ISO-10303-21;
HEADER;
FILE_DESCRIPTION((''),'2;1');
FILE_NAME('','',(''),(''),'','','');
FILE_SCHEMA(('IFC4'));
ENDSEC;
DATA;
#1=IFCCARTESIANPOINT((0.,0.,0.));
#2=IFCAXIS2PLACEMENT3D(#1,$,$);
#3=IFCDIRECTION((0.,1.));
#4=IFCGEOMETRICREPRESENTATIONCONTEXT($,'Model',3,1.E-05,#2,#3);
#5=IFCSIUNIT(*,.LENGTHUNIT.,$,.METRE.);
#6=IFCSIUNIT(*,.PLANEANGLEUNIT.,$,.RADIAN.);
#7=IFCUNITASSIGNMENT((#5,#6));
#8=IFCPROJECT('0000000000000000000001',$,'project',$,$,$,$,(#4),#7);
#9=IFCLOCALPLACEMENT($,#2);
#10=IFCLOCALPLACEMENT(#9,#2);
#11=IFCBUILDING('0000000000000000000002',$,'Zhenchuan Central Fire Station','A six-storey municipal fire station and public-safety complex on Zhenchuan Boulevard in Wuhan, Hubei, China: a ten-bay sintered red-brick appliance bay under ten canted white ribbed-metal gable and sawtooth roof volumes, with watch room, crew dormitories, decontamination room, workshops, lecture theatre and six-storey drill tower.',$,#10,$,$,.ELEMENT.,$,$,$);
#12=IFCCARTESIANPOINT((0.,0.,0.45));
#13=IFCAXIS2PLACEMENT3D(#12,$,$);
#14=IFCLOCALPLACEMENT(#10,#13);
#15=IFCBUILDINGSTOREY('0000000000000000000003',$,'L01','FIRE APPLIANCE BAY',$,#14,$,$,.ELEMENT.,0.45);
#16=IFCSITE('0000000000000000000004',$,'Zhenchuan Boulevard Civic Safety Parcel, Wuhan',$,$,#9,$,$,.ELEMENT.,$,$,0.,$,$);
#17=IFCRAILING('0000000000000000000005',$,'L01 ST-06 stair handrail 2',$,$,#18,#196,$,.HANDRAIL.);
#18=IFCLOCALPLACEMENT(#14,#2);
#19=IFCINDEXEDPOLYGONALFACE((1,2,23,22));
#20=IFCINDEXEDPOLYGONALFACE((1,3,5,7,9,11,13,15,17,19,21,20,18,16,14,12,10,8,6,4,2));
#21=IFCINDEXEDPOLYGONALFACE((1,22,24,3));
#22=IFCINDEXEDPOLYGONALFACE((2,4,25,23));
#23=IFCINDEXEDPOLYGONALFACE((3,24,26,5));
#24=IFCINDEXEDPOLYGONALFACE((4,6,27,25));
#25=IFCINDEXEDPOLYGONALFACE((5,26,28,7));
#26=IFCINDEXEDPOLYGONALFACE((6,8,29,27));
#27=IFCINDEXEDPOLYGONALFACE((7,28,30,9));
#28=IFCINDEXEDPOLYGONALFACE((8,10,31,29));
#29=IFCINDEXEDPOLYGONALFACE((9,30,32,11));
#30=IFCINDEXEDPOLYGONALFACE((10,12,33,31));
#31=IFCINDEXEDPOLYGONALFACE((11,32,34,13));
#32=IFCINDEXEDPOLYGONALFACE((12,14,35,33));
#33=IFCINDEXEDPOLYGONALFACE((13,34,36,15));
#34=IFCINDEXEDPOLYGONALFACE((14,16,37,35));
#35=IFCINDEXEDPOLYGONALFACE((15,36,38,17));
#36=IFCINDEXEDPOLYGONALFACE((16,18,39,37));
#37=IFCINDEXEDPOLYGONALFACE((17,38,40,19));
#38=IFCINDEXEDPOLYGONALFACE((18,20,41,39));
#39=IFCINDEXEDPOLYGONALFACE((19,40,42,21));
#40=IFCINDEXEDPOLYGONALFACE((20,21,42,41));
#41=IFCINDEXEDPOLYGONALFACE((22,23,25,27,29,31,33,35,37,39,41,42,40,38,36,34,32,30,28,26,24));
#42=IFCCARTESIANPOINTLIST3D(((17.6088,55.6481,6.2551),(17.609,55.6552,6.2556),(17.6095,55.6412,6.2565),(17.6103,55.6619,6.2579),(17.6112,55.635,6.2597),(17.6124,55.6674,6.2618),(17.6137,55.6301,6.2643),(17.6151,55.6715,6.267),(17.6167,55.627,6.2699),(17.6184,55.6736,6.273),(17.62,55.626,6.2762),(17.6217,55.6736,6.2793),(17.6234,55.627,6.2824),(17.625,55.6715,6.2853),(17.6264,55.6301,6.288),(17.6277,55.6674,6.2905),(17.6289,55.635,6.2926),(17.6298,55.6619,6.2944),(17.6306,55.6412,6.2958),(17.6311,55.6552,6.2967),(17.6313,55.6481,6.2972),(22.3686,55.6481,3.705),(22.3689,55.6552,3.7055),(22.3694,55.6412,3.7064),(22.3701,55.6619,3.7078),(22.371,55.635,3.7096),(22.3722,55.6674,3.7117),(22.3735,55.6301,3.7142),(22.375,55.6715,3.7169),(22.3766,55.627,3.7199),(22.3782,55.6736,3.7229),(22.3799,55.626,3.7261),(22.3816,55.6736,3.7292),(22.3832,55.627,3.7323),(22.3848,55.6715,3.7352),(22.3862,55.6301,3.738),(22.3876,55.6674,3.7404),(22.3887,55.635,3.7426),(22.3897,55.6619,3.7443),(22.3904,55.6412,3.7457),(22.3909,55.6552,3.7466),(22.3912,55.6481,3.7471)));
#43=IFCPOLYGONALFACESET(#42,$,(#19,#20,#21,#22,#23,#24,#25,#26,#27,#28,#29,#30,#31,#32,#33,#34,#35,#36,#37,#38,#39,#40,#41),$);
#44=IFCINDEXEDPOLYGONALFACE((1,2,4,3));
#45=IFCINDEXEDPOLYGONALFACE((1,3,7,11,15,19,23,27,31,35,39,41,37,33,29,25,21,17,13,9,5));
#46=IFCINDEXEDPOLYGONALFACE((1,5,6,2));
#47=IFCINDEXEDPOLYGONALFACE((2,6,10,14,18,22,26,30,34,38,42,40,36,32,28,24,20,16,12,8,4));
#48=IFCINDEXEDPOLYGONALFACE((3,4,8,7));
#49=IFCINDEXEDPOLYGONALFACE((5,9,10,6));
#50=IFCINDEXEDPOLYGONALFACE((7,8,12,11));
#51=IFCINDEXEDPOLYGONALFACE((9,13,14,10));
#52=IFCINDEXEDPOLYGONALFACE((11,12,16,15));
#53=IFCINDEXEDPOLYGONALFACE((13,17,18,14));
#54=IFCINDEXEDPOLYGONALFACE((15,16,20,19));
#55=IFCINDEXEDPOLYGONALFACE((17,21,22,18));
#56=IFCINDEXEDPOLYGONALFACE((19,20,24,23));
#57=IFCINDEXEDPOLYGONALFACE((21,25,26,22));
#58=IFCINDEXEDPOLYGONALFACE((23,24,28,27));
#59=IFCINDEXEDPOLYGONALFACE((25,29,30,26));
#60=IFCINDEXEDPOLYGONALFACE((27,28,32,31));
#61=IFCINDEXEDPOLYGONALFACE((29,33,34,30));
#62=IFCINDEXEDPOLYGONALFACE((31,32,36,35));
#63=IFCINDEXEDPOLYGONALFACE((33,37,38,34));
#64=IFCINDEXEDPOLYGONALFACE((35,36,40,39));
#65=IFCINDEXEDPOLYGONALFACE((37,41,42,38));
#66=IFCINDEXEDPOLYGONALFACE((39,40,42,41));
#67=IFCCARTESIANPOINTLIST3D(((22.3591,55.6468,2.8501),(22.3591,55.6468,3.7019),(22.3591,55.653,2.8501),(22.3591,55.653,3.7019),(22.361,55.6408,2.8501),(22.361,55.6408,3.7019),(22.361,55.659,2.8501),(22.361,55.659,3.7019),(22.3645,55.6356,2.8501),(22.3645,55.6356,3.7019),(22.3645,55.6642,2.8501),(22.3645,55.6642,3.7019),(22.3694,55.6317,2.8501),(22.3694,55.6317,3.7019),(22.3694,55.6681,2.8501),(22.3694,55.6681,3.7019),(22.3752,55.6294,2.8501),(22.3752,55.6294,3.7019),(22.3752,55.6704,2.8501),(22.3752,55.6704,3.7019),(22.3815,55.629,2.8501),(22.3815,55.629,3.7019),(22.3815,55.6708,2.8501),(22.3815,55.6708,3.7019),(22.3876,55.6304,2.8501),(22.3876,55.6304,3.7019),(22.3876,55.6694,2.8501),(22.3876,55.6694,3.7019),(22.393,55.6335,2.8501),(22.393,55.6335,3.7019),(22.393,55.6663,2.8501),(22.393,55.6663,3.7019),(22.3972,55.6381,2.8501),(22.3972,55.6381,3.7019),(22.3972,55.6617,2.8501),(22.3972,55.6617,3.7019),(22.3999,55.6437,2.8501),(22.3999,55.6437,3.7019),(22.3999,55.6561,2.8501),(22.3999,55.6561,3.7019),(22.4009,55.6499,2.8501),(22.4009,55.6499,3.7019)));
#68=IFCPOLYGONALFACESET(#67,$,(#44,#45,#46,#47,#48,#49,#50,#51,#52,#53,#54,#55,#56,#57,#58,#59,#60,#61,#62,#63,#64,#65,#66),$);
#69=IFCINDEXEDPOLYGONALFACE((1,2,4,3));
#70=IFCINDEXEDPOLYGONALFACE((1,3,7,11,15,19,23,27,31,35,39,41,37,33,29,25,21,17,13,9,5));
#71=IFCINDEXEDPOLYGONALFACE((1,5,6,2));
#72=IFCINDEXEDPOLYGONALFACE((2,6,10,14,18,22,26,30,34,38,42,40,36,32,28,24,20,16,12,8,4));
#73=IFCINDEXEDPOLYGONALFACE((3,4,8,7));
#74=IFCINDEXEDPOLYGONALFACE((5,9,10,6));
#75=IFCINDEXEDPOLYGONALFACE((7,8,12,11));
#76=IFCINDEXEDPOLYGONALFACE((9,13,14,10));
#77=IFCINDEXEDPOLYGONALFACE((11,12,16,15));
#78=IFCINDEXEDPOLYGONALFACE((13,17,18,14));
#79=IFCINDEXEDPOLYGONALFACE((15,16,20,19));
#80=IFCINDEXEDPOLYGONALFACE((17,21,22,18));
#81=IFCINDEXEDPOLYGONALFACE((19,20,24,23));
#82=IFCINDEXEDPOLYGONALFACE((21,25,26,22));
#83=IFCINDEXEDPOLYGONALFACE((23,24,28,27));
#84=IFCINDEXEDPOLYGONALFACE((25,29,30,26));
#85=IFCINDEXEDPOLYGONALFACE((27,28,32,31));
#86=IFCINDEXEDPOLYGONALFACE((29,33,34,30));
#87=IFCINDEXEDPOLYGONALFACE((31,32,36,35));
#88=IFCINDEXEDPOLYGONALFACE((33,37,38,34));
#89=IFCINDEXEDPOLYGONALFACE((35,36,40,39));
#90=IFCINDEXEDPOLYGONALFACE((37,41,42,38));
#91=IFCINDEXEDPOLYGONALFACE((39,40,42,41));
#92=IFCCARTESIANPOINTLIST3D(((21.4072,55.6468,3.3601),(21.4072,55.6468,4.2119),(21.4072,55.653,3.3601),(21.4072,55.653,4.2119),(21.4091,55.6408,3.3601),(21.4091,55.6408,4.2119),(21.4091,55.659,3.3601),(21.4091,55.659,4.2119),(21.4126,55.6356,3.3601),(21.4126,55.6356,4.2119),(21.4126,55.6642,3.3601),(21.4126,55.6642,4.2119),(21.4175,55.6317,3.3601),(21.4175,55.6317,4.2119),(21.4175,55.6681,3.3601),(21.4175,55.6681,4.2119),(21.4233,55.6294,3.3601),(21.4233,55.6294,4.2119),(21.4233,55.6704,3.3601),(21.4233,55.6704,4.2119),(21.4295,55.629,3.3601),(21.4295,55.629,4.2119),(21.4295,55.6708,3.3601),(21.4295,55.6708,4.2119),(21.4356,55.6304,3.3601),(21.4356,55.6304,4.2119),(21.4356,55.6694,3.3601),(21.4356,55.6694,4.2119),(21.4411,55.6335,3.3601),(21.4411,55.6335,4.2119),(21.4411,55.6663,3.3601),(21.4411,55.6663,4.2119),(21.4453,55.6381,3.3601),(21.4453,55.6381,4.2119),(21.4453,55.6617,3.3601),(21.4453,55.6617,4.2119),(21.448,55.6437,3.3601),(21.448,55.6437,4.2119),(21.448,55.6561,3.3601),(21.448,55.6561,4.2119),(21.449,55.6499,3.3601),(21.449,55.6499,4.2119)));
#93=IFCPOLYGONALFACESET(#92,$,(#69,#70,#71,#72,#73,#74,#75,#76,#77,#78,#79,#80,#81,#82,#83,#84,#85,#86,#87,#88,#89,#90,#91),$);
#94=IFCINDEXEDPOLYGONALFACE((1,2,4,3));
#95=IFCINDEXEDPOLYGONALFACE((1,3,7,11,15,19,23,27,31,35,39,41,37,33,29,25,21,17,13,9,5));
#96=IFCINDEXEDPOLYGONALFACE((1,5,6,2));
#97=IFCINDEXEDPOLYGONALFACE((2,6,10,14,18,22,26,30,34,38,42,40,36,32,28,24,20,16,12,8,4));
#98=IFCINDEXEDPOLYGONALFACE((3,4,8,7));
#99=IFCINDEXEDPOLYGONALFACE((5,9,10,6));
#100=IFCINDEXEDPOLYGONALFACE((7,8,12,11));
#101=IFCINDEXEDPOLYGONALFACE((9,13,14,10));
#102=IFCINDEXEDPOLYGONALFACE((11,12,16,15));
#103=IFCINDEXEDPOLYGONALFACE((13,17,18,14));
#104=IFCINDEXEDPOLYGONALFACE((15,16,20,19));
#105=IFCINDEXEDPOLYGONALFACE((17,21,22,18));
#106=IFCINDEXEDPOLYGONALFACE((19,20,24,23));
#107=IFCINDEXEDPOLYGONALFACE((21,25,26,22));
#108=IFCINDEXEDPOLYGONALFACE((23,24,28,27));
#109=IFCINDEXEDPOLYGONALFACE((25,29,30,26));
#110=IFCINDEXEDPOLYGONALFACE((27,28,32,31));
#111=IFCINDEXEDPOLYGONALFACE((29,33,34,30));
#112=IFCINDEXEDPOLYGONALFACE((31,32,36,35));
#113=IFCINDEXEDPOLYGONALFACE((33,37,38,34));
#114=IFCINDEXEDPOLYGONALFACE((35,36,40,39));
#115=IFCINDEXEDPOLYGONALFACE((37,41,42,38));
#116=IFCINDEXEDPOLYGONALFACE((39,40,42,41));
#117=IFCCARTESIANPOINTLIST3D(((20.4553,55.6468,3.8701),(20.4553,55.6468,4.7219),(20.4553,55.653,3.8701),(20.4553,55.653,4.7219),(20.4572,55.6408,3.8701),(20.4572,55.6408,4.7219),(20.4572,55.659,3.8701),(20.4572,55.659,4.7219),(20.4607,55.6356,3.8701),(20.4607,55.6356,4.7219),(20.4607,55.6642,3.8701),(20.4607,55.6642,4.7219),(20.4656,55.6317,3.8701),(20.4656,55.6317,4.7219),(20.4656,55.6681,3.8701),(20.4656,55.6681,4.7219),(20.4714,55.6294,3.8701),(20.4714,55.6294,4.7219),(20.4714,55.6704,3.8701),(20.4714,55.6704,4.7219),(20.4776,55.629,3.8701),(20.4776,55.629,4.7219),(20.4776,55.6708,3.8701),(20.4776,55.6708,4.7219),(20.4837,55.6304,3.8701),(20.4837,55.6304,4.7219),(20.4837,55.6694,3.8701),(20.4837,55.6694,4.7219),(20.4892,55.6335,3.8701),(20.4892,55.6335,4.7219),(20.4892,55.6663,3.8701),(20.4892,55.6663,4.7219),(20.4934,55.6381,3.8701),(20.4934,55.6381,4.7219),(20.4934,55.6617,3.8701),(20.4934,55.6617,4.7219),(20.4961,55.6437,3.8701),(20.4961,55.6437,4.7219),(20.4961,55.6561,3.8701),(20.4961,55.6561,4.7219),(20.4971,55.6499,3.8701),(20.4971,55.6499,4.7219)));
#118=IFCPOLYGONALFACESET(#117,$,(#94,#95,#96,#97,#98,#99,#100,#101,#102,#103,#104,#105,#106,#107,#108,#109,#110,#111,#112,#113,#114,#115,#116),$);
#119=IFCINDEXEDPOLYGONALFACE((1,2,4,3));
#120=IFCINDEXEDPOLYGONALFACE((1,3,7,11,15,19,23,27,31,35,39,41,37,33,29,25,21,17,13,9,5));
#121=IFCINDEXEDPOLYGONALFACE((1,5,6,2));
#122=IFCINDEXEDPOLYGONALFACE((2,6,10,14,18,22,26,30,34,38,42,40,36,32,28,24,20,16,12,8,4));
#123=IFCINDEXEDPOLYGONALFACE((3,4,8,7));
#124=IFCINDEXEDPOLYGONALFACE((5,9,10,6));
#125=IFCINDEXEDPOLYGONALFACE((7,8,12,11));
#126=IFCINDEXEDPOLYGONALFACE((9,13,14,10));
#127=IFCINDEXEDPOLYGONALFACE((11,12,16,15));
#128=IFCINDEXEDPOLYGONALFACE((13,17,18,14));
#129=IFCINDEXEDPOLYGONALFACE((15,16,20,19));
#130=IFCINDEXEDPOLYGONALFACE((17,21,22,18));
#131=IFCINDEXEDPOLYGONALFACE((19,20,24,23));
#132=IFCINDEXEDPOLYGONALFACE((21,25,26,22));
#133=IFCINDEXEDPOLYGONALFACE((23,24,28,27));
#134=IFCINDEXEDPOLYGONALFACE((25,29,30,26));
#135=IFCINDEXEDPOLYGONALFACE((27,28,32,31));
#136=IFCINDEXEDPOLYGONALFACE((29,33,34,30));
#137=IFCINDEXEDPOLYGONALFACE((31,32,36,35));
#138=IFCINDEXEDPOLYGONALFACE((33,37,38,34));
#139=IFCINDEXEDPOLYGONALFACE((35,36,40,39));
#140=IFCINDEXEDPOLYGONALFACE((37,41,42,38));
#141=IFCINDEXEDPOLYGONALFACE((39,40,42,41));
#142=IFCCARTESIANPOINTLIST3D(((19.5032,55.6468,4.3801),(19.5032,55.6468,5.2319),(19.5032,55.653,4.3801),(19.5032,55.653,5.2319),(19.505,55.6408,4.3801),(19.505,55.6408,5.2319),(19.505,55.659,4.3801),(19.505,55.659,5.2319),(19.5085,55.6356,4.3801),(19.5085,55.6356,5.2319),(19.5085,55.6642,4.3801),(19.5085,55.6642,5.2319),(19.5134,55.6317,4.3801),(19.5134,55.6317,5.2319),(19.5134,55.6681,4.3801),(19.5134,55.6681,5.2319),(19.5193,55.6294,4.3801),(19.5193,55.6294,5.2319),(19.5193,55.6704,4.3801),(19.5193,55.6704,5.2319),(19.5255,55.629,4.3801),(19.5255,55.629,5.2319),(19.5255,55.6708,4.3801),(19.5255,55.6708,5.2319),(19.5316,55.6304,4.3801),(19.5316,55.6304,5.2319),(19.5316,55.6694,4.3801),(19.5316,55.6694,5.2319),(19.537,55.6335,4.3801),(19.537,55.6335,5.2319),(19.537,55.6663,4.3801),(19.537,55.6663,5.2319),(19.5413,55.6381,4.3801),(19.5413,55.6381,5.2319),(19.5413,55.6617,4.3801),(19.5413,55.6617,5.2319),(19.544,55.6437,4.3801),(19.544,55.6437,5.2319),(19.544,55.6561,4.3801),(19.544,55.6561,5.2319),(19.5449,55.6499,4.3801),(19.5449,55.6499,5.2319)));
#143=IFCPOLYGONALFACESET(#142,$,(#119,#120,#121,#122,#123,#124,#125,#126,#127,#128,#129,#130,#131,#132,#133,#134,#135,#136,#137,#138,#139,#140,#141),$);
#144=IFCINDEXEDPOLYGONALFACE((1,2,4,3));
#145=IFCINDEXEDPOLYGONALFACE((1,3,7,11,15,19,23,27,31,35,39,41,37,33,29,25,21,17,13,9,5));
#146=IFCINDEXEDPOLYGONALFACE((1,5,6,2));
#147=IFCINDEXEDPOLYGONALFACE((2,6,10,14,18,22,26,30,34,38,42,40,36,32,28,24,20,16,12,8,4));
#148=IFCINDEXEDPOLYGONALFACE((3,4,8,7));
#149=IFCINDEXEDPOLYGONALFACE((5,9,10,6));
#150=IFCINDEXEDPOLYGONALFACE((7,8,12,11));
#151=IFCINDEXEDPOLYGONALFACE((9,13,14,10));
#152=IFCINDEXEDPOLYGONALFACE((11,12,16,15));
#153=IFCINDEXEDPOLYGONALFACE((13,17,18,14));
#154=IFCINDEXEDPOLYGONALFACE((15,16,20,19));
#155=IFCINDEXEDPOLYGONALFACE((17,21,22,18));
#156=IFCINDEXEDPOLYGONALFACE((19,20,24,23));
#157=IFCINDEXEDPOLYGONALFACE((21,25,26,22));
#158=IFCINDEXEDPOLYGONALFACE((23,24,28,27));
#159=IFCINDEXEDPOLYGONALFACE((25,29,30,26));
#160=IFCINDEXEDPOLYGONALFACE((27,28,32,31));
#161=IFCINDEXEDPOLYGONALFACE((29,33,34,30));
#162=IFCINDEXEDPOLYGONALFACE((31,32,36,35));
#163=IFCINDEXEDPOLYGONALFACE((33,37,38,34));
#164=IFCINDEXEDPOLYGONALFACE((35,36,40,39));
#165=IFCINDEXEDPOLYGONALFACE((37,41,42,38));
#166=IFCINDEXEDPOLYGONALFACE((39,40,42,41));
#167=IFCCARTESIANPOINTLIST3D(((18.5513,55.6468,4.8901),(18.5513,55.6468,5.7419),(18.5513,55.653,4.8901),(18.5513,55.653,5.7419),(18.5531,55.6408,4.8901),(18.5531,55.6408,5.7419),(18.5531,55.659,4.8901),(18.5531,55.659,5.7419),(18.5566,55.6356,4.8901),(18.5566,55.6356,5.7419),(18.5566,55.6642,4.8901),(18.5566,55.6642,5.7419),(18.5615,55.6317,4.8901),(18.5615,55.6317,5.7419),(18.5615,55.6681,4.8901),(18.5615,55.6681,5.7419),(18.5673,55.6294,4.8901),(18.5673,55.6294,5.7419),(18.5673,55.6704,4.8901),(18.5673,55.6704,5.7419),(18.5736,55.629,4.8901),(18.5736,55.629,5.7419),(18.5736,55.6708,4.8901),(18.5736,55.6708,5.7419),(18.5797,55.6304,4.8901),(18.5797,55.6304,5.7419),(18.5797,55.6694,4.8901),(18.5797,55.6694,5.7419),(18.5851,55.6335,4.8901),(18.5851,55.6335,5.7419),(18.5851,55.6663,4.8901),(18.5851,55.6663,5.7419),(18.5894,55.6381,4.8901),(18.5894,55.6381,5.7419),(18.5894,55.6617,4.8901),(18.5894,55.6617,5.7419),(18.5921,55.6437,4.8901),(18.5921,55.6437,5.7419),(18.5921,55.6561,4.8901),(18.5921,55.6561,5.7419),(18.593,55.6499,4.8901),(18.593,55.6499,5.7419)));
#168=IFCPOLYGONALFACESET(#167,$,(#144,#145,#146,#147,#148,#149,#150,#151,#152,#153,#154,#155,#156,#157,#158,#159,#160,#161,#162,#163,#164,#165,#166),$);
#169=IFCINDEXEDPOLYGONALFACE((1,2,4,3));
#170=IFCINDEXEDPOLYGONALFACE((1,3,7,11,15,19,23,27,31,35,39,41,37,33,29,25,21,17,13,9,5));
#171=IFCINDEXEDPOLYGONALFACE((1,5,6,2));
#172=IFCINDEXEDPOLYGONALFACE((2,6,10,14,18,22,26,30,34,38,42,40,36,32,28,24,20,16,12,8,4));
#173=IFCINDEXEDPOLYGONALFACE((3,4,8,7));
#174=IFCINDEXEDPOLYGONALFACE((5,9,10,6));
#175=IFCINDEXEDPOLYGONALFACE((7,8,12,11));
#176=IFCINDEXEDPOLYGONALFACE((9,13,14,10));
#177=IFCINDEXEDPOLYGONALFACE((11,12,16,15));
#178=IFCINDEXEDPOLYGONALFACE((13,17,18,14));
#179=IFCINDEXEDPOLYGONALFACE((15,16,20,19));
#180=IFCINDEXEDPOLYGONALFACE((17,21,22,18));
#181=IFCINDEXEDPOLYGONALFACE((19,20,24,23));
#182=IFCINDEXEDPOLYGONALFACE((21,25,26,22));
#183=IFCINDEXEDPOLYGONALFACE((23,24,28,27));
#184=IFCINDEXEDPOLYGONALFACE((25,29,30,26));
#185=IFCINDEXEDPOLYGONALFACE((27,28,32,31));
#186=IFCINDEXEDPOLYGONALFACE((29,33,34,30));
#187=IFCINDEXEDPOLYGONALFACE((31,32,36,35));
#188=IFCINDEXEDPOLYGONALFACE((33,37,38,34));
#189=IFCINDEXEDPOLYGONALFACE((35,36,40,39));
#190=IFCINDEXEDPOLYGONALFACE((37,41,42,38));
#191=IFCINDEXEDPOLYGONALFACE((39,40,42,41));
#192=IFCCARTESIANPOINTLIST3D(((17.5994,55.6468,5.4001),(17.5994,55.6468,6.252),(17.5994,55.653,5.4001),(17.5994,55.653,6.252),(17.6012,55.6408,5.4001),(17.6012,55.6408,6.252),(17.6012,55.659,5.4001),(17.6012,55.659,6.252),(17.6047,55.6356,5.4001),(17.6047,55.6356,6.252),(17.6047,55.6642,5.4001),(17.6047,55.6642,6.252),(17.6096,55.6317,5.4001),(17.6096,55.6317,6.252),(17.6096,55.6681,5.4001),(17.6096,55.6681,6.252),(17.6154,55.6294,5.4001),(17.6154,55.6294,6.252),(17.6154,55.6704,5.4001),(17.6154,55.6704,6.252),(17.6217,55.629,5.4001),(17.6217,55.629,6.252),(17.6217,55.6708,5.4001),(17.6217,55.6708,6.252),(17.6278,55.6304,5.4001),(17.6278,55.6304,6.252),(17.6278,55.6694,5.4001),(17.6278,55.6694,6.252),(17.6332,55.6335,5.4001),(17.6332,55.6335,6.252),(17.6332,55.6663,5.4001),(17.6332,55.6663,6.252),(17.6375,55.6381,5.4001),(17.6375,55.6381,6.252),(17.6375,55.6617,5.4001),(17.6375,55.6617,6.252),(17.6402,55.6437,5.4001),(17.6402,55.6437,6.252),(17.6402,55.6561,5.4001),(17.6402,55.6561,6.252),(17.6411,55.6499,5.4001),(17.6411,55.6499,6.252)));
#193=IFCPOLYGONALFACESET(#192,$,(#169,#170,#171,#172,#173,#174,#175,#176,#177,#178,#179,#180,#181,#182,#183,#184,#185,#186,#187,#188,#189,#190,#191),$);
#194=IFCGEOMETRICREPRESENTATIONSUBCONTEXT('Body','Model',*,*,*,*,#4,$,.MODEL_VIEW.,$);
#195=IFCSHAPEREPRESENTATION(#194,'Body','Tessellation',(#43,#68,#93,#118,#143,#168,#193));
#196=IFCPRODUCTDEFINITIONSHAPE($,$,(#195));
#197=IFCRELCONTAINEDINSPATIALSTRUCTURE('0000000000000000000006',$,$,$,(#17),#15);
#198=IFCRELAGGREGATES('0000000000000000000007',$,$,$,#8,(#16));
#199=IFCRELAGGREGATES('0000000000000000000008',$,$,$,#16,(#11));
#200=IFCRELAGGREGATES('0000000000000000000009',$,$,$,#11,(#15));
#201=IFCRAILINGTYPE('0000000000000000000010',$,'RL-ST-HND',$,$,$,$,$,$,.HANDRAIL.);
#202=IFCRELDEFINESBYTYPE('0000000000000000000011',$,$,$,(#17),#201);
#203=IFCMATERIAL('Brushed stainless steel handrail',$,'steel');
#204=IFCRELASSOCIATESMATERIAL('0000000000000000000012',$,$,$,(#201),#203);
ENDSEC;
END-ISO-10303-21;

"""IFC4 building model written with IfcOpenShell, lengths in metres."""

from ifc_helpers import new_model, si_unit, direction, frame, origin, origin_2d, place, context, subcontext, project, spatial, circle, extrude, material, type_object, element, save


model = new_model("IFC4")

# Units and contexts
model_context = context("Model", 3, precision=1e-05, world=origin(), true_north=direction((0.0, 1.0)))
body_context = subcontext(model_context, "Body", "Model", "MODEL_VIEW")
ifc_project = project(units=[si_unit("LENGTHUNIT", "METRE"), si_unit("PLANEANGLEUNIT", "RADIAN")], contexts=[model_context])

# Site, building, storey
site_placement = place(None, origin())
site = spatial("IfcSite", under=ifc_project, at=site_placement, Name="Zhenchuan Boulevard Civic Safety Parcel, Wuhan", CompositionType="ELEMENT", RefElevation=0.0)
building_placement = place(site_placement, origin())
building = spatial("IfcBuilding", under=site, at=building_placement, Name="Zhenchuan Central Fire Station", Description="A six-storey municipal fire station and public-safety complex on Zhenchuan Boulevard in Wuhan, Hubei, China: a ten-bay sintered red-brick appliance bay under ten canted white ribbed-metal gable and sawtooth roof volumes, with watch room, crew dormitories, decontamination room, workshops, lecture theatre and six-storey drill tower.", CompositionType="ELEMENT")
storey_placement = place(building_placement, frame((0.0, 0.0, 0.45)))
storey = spatial("IfcBuildingStorey", under=building, at=storey_placement, Name="L01", Description="FIRE APPLIANCE BAY", CompositionType="ELEMENT", Elevation=0.45)

# Railing
ifc_material_1 = material(Name="Brushed stainless steel handrail", Category="steel")
railing_type_1 = type_object("IfcRailingType", Name="RL-ST-HND", PredefinedType="HANDRAIL", material=ifc_material_1)
railing_1_placement = place(storey_placement, frame((22.3799, 55.6499, 2.8501)))
element("IfcRailing", 1, at=railing_1_placement, inside=storey, type_object=railing_type_1, Name="L01 ST-06 stair handrail 2", PredefinedType="HANDRAIL", context=body_context, shape_type="SweptSolid", body=[
    extrude(circle(Radius=0.0239, at=origin_2d()), frame((0.0, 0.0, 0.876), z_axis=(-0.881467, 0.0, 0.472247), x_axis=(0.0, -1.0, 0.0)), (0.0, 0.0, 1.0), 5.3999),
    extrude(circle(Radius=0.021, at=origin_2d()), origin(), (0.0, 0.0, 1.0), 0.8518),
    extrude(circle(Radius=0.021, at=origin_2d()), frame((-0.9519, 0.0, 0.51)), (0.0, 0.0, 1.0), 0.8518),
    extrude(circle(Radius=0.021, at=origin_2d()), frame((-1.9038, 0.0, 1.02)), (0.0, 0.0, 1.0), 0.8518),
    extrude(circle(Radius=0.021, at=origin_2d()), frame((-2.856, 0.0, 1.53)), (0.0, 0.0, 1.0), 0.8518),
    extrude(circle(Radius=0.021, at=origin_2d()), frame((-3.8079, 0.0, 2.04)), (0.0, 0.0, 1.0), 0.8518),
    extrude(circle(Radius=0.021, at=origin_2d()), frame((-4.7598, 0.0, 2.55)), (0.0, 0.0, 1.0), 0.8518),
])

save(model, "model.ifc")
